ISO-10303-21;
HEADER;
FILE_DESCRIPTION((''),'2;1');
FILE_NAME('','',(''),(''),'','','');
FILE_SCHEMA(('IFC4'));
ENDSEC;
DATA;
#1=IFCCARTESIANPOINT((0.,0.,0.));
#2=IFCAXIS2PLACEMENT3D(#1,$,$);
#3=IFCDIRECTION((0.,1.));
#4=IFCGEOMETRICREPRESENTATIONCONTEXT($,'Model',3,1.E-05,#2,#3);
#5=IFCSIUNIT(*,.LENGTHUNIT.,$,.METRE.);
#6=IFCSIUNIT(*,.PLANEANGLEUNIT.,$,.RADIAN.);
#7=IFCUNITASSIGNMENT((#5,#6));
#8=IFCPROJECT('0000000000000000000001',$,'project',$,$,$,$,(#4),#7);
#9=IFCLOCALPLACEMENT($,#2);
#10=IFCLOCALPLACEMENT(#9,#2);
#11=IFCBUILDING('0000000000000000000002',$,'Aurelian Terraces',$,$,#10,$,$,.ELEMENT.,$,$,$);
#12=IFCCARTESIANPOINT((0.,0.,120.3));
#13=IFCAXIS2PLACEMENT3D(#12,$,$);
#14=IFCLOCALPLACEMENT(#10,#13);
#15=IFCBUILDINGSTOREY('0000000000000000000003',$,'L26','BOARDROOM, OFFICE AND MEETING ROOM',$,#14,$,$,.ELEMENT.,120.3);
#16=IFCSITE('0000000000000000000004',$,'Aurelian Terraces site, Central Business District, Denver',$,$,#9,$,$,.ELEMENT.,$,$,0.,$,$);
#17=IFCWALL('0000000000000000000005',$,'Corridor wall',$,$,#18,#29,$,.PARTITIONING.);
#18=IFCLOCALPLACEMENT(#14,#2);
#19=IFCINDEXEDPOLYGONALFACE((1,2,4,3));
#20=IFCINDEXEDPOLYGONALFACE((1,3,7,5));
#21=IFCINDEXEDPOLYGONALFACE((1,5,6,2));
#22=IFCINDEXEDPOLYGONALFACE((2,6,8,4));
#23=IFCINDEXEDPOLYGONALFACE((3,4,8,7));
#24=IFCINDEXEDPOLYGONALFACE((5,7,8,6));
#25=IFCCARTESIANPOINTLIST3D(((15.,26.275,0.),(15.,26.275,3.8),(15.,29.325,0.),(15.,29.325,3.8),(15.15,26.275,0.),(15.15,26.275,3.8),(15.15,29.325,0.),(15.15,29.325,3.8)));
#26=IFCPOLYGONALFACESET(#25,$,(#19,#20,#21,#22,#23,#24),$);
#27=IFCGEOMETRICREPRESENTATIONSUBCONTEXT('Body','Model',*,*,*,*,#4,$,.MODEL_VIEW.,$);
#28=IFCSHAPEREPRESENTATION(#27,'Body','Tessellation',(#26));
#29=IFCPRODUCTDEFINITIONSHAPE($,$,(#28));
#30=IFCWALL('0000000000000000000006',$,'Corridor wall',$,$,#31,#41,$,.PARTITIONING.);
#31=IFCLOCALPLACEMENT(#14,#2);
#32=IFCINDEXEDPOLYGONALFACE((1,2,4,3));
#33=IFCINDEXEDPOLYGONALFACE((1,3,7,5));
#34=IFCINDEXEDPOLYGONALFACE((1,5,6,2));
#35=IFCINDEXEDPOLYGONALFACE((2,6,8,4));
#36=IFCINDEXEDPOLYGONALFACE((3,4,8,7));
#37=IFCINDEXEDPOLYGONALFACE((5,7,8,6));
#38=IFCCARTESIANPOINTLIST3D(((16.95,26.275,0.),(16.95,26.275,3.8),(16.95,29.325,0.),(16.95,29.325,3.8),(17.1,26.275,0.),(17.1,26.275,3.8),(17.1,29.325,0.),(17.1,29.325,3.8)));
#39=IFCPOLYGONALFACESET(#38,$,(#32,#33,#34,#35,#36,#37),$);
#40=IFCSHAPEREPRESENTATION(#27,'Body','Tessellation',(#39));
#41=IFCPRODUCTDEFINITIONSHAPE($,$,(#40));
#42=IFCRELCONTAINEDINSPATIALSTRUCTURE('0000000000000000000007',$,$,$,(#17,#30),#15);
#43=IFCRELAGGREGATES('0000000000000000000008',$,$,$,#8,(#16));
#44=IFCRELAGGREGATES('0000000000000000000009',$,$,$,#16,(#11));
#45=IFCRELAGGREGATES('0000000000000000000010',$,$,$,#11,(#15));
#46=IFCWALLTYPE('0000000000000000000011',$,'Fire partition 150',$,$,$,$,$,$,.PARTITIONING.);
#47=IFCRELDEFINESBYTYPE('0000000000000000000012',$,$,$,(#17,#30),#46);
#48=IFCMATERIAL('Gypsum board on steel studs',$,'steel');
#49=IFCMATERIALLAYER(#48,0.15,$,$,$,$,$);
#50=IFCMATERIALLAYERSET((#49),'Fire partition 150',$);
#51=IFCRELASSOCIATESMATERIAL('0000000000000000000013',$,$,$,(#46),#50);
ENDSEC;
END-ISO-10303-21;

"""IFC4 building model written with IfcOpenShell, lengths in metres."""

from ifc_helpers import new_model, si_unit, direction, frame, frame_2d, origin, place, context, subcontext, project, spatial, rectangle, extrude, source, transform, mapped, material, layer, layer_set, type_object, element, save


model = new_model("IFC4")

# Units and contexts
model_context = context("Model", 3, precision=1e-05, world=origin(), true_north=direction((0.0, 1.0)))
body_context = subcontext(model_context, "Body", "Model", "MODEL_VIEW")
ifc_project = project(units=[si_unit("LENGTHUNIT", "METRE"), si_unit("PLANEANGLEUNIT", "RADIAN")], contexts=[model_context])

# Site, building, storey
site_placement = place(None, origin())
site = spatial("IfcSite", under=ifc_project, at=site_placement, Name="Aurelian Terraces site, Central Business District, Denver", CompositionType="ELEMENT", RefElevation=0.0)
building_placement = place(site_placement, origin())
building = spatial("IfcBuilding", under=site, at=building_placement, Name="Aurelian Terraces", CompositionType="ELEMENT")
storey_placement = place(building_placement, frame((0.0, 0.0, 120.3)))
storey = spatial("IfcBuildingStorey", under=building, at=storey_placement, Name="L26", Description="BOARDROOM, OFFICE AND MEETING ROOM", CompositionType="ELEMENT", Elevation=120.3)

# Shared definitions
ifc_material_1 = material(Name="Gypsum board on steel studs", Category="steel")
ifc_layer_1 = layer(ifc_material_1, 0.15)
ifc_layer_set_1 = layer_set([ifc_layer_1], Name="Fire partition 150")
wall_type_1 = type_object("IfcWallType", Name="Fire partition 150", PredefinedType="PARTITIONING", material=ifc_layer_set_1)

# Walls
shared_shape_1 = source(origin(), body_context, "Body", "SweptSolid", [
    extrude(rectangle(XDim=3.05, YDim=0.15, at=frame_2d((1.525, 0.0))), origin(), (0.0, 0.0, 1.0), 3.8),
])
for number, where, z_axis, x_axis, name in (
    (1, (15.075, 26.275, 0.0), (0.0, 0.0, 1.0), (0.0, 1.0, 0.0), "Corridor wall"),
    (2, (17.025, 29.325, 0.0), (0.0, 0.0, 1.0), (0.0, -1.0, 0.0), "Corridor wall"),
):
    element("IfcWall", number, at=place(storey_placement, frame(where, z_axis=z_axis, x_axis=x_axis)), inside=storey, type_object=wall_type_1, Name=name, PredefinedType="PARTITIONING", context=body_context, shape_type="MappedRepresentation", body=[
        mapped(shared_shape_1, transform((0.0, 0.0, 0.0), scale=1.0)),
    ])

save(model, "model.ifc")
